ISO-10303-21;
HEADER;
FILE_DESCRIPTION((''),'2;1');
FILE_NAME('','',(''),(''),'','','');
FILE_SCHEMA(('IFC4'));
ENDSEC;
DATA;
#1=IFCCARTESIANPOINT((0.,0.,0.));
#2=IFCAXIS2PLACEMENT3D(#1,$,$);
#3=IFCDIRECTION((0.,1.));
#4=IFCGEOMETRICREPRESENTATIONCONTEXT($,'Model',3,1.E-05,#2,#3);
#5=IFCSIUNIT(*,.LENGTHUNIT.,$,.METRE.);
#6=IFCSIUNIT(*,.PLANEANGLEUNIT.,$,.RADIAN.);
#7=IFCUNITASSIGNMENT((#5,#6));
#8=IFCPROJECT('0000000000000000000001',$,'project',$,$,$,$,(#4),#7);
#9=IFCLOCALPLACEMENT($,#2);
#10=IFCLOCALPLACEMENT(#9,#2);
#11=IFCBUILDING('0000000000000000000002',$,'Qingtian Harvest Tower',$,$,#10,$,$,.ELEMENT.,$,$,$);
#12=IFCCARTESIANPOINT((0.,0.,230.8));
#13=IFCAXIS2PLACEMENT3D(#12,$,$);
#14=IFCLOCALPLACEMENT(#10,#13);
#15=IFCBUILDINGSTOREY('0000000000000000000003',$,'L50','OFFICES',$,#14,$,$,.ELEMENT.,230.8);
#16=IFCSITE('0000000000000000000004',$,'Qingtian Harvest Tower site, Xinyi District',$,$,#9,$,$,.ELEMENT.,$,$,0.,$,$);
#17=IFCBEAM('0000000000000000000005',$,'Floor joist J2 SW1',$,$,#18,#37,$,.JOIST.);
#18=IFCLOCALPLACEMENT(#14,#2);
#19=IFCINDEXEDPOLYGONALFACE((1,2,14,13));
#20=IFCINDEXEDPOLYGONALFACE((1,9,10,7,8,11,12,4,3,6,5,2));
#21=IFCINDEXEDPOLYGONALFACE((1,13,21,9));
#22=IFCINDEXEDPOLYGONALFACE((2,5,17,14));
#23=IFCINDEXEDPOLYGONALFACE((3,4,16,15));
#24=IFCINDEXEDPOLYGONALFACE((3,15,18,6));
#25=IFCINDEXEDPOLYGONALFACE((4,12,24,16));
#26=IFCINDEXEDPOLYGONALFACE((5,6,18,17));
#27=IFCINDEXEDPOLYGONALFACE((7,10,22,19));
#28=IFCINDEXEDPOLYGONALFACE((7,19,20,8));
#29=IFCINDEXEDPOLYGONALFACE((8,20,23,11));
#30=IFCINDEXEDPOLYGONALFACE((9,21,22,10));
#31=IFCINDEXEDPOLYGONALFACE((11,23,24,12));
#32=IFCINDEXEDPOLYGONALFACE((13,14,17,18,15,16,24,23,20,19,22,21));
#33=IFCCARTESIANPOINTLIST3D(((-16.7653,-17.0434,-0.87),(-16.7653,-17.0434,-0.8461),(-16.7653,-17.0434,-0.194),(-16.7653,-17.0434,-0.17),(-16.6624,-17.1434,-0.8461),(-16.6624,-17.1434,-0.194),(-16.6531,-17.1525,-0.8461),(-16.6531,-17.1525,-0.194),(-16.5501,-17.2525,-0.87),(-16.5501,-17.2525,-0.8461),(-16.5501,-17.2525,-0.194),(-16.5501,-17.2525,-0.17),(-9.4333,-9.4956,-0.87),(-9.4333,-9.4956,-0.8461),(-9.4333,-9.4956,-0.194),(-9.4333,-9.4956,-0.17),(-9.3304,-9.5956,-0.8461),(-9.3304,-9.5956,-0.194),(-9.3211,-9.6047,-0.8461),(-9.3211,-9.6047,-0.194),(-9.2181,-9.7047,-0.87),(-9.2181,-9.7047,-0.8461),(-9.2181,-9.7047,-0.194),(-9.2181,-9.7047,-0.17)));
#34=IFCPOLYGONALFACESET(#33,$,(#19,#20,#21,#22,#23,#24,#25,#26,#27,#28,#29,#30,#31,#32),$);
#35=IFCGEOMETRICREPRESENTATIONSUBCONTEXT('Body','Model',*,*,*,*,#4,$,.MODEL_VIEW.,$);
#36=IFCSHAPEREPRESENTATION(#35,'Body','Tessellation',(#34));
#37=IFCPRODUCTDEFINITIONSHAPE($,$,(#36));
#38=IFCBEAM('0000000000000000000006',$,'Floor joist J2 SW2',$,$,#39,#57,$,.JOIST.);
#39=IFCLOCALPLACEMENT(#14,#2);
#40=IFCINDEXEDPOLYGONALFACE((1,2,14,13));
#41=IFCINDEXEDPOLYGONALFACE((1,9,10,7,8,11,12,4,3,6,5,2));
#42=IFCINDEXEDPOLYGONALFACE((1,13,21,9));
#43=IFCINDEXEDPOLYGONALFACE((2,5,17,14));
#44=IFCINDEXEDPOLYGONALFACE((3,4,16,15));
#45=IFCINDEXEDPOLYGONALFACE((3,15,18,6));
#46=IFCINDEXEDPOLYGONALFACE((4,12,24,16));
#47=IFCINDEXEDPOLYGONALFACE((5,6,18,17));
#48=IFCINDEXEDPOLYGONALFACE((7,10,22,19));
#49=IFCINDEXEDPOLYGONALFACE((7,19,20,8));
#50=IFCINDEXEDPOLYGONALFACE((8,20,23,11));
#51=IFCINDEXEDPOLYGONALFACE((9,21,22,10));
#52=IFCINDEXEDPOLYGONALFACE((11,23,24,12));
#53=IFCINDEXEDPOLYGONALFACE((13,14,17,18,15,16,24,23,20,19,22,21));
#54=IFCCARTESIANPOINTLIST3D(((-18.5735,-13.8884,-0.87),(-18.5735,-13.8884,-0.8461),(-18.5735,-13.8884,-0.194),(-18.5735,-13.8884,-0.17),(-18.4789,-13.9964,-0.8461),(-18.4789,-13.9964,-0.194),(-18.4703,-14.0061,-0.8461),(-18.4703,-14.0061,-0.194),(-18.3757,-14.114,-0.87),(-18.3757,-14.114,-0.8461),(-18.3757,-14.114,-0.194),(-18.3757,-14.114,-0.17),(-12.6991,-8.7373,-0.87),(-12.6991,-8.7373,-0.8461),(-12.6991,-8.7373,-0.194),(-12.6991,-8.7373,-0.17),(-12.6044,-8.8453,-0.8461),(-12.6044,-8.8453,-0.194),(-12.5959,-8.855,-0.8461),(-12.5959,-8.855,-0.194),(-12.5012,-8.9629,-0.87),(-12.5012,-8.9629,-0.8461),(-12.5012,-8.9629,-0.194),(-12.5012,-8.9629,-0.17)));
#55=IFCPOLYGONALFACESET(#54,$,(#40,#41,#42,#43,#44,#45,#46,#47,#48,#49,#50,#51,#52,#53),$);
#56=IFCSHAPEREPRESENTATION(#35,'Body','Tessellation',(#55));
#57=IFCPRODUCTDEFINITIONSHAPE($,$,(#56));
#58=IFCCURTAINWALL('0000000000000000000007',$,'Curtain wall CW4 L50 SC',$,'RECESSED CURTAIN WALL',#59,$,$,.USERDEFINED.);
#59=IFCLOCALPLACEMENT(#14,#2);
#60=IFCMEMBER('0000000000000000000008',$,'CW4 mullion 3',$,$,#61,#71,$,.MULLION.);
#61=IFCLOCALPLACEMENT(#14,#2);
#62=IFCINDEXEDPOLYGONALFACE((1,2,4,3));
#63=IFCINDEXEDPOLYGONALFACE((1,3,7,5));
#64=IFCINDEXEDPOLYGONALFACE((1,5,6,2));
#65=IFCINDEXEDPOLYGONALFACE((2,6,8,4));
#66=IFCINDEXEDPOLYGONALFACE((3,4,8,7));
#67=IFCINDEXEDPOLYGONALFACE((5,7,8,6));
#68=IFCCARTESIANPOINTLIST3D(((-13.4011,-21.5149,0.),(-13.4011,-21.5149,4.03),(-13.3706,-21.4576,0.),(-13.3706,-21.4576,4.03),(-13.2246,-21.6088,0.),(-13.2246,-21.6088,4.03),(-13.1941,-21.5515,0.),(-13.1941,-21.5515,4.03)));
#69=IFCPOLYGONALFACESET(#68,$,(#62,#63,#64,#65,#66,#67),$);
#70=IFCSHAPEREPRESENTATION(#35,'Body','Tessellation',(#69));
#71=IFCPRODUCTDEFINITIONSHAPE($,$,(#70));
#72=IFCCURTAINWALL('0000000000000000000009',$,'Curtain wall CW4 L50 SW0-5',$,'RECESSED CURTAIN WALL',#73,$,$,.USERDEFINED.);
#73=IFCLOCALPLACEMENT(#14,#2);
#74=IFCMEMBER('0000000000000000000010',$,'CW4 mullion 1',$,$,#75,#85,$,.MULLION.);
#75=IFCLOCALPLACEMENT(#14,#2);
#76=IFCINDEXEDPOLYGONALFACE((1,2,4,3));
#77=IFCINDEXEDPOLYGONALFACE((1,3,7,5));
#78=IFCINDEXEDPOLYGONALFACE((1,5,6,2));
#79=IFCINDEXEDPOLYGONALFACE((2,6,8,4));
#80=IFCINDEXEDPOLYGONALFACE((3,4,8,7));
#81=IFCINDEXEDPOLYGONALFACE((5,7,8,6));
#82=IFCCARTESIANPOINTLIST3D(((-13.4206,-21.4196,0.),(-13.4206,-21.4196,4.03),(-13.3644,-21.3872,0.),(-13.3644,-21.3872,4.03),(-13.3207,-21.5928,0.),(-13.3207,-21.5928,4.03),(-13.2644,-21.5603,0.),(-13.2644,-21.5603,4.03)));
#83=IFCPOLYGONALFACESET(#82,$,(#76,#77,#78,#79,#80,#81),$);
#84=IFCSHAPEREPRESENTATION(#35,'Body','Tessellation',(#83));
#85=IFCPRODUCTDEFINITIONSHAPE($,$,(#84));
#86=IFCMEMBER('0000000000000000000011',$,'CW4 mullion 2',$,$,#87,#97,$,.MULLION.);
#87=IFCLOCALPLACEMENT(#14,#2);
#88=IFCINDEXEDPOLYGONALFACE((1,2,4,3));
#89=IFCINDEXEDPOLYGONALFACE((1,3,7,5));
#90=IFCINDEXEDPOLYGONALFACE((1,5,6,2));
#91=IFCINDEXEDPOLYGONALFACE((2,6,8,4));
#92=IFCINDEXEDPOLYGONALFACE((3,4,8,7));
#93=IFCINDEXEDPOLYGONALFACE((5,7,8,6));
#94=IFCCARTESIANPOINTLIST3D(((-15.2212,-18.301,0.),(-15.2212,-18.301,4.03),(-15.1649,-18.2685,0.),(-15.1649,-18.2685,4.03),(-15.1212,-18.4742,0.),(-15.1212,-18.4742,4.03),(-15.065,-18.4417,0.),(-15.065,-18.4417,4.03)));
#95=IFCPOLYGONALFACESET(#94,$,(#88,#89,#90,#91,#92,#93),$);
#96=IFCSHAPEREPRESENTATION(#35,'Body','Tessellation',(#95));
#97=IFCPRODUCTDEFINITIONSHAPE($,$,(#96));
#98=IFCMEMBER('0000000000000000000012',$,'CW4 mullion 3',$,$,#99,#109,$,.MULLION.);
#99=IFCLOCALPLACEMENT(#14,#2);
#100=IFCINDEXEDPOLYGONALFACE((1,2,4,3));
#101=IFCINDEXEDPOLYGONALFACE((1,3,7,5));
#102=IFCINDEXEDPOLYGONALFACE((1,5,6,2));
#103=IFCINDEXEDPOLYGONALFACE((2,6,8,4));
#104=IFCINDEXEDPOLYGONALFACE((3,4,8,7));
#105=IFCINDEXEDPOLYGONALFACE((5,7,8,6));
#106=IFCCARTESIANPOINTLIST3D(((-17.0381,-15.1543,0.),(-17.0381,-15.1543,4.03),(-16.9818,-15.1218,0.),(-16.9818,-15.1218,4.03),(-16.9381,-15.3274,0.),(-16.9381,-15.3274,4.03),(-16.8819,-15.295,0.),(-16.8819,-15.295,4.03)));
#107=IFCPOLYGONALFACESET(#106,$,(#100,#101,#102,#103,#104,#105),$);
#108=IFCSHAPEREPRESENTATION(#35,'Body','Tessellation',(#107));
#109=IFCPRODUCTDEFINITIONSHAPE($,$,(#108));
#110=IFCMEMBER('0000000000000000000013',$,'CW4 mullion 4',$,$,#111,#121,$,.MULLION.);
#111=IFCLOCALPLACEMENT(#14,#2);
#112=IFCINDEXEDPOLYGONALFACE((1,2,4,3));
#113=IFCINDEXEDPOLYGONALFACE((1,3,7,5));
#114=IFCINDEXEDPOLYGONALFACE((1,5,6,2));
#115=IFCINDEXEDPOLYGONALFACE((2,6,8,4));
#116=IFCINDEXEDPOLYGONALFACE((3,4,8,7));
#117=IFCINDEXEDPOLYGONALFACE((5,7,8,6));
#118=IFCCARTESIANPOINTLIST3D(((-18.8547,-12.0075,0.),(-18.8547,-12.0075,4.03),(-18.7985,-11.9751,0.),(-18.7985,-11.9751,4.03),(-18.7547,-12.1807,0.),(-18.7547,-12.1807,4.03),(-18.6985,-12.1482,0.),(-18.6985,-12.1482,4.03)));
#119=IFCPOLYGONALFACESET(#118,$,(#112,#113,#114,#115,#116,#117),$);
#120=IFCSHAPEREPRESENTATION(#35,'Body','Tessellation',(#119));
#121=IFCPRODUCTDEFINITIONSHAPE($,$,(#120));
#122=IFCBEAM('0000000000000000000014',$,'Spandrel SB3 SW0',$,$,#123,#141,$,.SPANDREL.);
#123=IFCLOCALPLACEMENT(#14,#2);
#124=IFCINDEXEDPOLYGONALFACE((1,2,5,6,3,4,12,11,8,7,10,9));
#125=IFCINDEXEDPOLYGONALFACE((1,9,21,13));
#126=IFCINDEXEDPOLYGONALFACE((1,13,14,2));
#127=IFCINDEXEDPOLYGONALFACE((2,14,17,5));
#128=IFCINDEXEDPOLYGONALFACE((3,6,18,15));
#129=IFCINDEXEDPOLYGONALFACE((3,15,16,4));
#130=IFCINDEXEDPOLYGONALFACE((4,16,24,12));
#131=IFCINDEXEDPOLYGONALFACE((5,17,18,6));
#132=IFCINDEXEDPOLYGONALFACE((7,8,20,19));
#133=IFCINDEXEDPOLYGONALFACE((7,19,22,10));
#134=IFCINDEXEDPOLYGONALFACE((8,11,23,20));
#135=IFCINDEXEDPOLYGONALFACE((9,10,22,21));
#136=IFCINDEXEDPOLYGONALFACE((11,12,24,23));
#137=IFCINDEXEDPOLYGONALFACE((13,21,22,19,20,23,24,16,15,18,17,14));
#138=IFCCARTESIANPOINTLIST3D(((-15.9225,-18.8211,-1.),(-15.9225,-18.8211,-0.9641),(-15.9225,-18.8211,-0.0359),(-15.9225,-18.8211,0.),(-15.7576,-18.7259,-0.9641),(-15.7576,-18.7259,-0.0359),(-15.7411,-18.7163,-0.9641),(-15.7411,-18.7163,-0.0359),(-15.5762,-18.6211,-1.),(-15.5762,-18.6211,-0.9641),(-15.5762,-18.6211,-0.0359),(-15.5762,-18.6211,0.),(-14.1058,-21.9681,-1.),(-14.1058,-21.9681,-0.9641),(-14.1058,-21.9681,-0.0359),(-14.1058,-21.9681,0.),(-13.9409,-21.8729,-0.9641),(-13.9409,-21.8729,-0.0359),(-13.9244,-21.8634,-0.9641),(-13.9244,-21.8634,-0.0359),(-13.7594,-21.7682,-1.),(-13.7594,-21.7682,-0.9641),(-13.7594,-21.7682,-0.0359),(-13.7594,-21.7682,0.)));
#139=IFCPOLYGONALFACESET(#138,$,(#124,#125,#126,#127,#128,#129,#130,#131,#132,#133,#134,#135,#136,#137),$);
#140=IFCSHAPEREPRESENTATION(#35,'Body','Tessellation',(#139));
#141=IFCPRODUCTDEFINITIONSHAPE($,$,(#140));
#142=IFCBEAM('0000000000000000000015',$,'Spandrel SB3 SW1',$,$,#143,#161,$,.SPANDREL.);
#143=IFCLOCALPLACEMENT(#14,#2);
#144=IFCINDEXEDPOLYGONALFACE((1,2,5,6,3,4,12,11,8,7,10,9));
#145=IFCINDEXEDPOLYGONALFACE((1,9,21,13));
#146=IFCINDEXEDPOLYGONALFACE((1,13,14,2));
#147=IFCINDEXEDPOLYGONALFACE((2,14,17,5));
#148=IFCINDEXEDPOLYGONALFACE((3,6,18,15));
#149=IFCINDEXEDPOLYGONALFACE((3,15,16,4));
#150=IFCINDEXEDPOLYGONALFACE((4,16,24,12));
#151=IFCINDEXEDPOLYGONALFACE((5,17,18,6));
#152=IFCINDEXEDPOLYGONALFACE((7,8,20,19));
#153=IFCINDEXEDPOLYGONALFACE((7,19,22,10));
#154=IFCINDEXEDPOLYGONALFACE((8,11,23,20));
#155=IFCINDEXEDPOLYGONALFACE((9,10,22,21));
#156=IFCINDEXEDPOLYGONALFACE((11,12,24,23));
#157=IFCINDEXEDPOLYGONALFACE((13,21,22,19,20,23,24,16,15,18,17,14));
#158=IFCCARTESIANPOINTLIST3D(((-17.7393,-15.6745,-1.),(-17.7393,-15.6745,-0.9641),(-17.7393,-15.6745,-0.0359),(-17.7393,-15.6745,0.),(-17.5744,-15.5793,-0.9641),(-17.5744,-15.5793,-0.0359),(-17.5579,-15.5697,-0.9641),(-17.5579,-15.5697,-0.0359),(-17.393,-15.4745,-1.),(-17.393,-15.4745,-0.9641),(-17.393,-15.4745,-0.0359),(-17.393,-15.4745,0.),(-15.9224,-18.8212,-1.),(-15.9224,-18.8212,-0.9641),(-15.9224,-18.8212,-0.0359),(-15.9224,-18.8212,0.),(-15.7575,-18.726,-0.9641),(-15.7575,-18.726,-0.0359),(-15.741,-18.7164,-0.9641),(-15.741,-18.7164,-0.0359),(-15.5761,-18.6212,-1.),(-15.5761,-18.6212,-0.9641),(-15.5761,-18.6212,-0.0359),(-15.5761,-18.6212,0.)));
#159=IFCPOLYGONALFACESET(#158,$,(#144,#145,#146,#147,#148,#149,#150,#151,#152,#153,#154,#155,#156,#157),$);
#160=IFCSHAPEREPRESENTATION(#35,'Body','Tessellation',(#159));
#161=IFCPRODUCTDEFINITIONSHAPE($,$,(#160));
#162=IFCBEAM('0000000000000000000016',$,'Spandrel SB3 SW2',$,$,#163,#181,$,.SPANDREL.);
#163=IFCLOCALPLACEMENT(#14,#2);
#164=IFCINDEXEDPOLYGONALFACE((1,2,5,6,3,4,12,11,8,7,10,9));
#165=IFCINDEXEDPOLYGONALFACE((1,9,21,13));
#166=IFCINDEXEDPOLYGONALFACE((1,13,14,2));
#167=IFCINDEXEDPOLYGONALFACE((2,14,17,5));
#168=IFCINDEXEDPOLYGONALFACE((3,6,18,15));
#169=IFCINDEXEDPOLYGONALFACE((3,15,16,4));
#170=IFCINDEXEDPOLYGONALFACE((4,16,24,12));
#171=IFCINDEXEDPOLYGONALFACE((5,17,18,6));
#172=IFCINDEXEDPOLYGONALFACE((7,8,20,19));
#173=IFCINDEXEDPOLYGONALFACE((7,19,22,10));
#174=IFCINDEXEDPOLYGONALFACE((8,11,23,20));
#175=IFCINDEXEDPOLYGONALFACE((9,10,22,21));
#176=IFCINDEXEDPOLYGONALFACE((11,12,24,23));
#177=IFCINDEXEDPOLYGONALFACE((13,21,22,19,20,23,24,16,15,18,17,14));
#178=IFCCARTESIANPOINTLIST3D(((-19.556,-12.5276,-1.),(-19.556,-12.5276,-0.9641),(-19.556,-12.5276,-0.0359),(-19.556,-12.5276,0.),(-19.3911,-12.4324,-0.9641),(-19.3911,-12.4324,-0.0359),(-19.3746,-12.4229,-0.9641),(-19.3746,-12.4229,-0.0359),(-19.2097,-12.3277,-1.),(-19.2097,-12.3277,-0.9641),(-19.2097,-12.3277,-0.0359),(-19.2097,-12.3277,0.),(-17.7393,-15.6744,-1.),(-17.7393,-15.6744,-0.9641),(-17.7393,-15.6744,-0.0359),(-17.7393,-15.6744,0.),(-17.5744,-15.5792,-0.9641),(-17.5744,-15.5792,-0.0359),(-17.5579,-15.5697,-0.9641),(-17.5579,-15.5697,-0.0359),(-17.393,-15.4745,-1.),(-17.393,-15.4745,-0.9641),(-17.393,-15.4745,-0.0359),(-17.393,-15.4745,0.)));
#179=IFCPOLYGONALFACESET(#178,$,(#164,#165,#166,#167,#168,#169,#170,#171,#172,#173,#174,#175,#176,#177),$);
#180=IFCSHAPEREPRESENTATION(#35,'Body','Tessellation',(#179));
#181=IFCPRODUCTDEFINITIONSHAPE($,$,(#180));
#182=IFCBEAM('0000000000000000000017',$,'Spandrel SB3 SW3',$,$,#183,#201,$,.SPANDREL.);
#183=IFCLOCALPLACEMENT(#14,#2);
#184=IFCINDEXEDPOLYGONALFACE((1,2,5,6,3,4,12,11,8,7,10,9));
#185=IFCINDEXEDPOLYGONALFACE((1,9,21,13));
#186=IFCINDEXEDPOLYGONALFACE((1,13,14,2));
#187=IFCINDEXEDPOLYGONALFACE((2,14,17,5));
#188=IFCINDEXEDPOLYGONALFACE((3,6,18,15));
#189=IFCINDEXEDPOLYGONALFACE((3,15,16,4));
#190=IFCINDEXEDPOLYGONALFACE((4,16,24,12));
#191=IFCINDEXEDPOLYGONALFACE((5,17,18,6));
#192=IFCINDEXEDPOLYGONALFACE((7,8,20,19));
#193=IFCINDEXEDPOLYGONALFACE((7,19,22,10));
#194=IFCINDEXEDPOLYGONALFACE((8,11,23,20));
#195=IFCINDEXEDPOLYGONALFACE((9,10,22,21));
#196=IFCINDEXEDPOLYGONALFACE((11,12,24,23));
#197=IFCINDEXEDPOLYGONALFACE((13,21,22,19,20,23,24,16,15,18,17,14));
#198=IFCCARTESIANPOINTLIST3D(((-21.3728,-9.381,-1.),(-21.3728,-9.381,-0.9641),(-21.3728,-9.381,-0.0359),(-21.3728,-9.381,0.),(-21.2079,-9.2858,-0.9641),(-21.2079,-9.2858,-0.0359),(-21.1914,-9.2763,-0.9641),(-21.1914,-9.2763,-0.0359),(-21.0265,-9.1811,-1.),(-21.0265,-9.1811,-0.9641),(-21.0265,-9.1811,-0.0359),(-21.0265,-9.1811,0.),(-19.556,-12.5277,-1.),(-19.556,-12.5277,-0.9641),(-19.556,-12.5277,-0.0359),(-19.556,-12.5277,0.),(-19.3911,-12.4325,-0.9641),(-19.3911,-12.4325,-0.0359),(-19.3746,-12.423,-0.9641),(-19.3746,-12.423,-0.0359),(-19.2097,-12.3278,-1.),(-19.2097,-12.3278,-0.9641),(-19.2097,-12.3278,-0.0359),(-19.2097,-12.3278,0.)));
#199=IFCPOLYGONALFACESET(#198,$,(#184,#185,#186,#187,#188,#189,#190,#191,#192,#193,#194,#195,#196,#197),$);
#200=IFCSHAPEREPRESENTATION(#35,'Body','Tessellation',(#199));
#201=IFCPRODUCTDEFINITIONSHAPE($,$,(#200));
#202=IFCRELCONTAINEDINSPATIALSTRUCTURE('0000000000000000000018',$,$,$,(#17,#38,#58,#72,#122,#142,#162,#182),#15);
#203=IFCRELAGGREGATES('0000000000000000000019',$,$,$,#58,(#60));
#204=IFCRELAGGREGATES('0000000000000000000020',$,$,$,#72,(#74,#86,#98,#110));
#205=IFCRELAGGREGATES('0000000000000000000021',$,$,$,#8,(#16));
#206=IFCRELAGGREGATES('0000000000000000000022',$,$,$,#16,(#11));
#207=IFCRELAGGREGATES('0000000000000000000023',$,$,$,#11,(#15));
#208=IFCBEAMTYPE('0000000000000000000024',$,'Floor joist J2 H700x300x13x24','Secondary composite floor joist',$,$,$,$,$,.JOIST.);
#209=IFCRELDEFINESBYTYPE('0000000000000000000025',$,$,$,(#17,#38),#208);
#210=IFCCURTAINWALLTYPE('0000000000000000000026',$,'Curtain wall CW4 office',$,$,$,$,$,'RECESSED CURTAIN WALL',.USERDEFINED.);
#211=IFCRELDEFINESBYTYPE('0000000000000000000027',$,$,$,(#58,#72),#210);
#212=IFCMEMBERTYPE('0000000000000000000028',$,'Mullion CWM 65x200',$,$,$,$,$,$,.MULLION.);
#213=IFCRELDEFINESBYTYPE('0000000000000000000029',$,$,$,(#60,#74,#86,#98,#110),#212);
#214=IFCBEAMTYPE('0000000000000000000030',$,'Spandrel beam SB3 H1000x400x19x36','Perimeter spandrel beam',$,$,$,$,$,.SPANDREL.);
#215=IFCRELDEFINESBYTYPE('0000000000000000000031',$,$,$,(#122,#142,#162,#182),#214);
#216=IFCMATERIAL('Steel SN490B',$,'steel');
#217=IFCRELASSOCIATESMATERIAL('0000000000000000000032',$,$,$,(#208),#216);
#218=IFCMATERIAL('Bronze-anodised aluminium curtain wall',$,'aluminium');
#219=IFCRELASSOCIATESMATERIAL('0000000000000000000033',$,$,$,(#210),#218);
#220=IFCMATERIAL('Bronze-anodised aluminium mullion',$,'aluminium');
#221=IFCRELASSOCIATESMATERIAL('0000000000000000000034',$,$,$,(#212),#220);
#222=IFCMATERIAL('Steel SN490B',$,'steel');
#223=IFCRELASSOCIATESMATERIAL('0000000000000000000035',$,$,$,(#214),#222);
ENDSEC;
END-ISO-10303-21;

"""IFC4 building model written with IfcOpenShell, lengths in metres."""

from ifc_helpers import new_model, si_unit, direction, frame, origin, origin_2d, place, context, subcontext, project, spatial, rectangle, i_section, extrude, material, material_profile, profile_set, type_object, element, aggregate, save


model = new_model("IFC4")

# Units and contexts
model_context = context("Model", 3, precision=1e-05, world=origin(), true_north=direction((0.0, 1.0)))
body_context = subcontext(model_context, "Body", "Model", "MODEL_VIEW")
ifc_project = project(units=[si_unit("LENGTHUNIT", "METRE"), si_unit("PLANEANGLEUNIT", "RADIAN")], contexts=[model_context])

# Site, building, storey
site_placement = place(None, origin())
site = spatial("IfcSite", under=ifc_project, at=site_placement, Name="Qingtian Harvest Tower site, Xinyi District", CompositionType="ELEMENT", RefElevation=0.0)
building_placement = place(site_placement, origin())
building = spatial("IfcBuilding", under=site, at=building_placement, Name="Qingtian Harvest Tower", CompositionType="ELEMENT")
storey_placement = place(building_placement, frame((0.0, 0.0, 230.8)))
storey = spatial("IfcBuildingStorey", under=building, at=storey_placement, Name="L50", Description="OFFICES", CompositionType="ELEMENT", Elevation=230.8)

# Beams
ifc_material_1 = material(Name="Steel SN490B", Category="steel")
ifc_material_profile_1 = material_profile(ifc_material_1, i_section(OverallWidth=0.3, OverallDepth=0.7, WebThickness=0.0129, FlangeThickness=0.0239, at=origin_2d()), Name="H700x300x13x24")
ifc_profile_set_1 = profile_set([ifc_material_profile_1], Name="Steel SN490B")
beam_type_1 = type_object("IfcBeamType", Name="Floor joist J2 H700x300x13x24", Description="Secondary composite floor joist", PredefinedType="JOIST", material=ifc_profile_set_1)
beam_1_placement = place(storey_placement, frame((-16.6577, -17.1479, -0.52), z_axis=(0.696777, 0.717287, 0.0), x_axis=(-0.717287, 0.696777, 0.0)))
element("IfcBeam", 1, at=beam_1_placement, inside=storey, type_object=beam_type_1, Name="Floor joist J2 SW1", PredefinedType="JOIST", context=body_context, shape_type="SweptSolid", body=[
    extrude(i_section(OverallWidth=0.3, OverallDepth=0.7, WebThickness=0.0129, FlangeThickness=0.0239, at=origin_2d()), origin(), (0.0, 0.0, 1.0), 10.5227),
])
beam_2_placement = place(storey_placement, frame((-18.4746, -14.0012, -0.52), z_axis=(0.751883, 0.659296, 0.0), x_axis=(-0.659296, 0.751883, 0.0)))
element("IfcBeam", 2, at=beam_2_placement, inside=storey, type_object=beam_type_1, Name="Floor joist J2 SW2", PredefinedType="JOIST", context=body_context, shape_type="SweptSolid", body=[
    extrude(i_section(OverallWidth=0.3, OverallDepth=0.7, WebThickness=0.0129, FlangeThickness=0.0239, at=origin_2d()), origin(), (0.0, 0.0, 1.0), 7.813),
])

# Curtain wall, member
ifc_material_2 = material(Name="Bronze-anodised aluminium curtain wall", Category="aluminium")
curtain_wall_type = type_object("IfcCurtainWallType", Name="Curtain wall CW4 office", ElementType="RECESSED CURTAIN WALL", PredefinedType="USERDEFINED", material=ifc_material_2)
curtain_wall_1_placement = place(storey_placement, origin())
curtain_wall_1 = element("IfcCurtainWall", 3, at=curtain_wall_1_placement, inside=storey, type_object=curtain_wall_type, Name="Curtain wall CW4 L50 SC", ObjectType="RECESSED CURTAIN WALL", PredefinedType="USERDEFINED")
ifc_material_3 = material(Name="Bronze-anodised aluminium mullion", Category="aluminium")
ifc_material_profile_2 = material_profile(ifc_material_3, rectangle(XDim=0.0649, YDim=0.2, at=origin_2d()), Name="AL 65x200")
ifc_profile_set_2 = profile_set([ifc_material_profile_2], Name="Bronze-anodised aluminium mullion")
member_type_1 = type_object("IfcMemberType", Name="Mullion CWM 65x200", PredefinedType="MULLION", material=ifc_profile_set_2)
member_1_placement = place(storey_placement, frame((-13.2976, -21.5332, 0.0), z_axis=(0.0, 0.0, 1.0), x_axis=(-0.469472, -0.882948, 0.0)))
member_1 = element("IfcMember", 4, at=member_1_placement, type_object=member_type_1, Name="CW4 mullion 3", PredefinedType="MULLION", context=body_context, shape_type="SweptSolid", body=[
    extrude(rectangle(XDim=0.0649, YDim=0.2, at=origin_2d()), origin(), (0.0, 0.0, 1.0), 4.03),
])

# Curtain wall, members
curtain_wall_2_placement = place(storey_placement, origin())
curtain_wall_2 = element("IfcCurtainWall", 5, at=curtain_wall_2_placement, inside=storey, type_object=curtain_wall_type, Name="Curtain wall CW4 L50 SW0-5", ObjectType="RECESSED CURTAIN WALL", PredefinedType="USERDEFINED")
member_2_placement = place(storey_placement, frame((-13.3425, -21.49, 0.0), z_axis=(0.0, 0.0, 1.0), x_axis=(-0.866025, -0.5, 0.0)))
member_2 = element("IfcMember", 6, at=member_2_placement, type_object=member_type_1, Name="CW4 mullion 1", PredefinedType="MULLION", context=body_context, shape_type="SweptSolid", body=[
    extrude(rectangle(XDim=0.0649, YDim=0.2, at=origin_2d()), origin(), (0.0, 0.0, 1.0), 4.03),
])
member_3_placement = place(storey_placement, frame((-15.1431, -18.3713, 0.0), z_axis=(0.0, 0.0, 1.0), x_axis=(-0.866025, -0.5, 0.0)))
member_3 = element("IfcMember", 7, at=member_3_placement, type_object=member_type_1, Name="CW4 mullion 2", PredefinedType="MULLION", context=body_context, shape_type="SweptSolid", body=[
    extrude(rectangle(XDim=0.0649, YDim=0.2, at=origin_2d()), origin(), (0.0, 0.0, 1.0), 4.03),
])
member_4_placement = place(storey_placement, frame((-16.96, -15.2246, 0.0), z_axis=(0.0, 0.0, 1.0), x_axis=(-0.866025, -0.5, 0.0)))
member_4 = element("IfcMember", 8, at=member_4_placement, type_object=member_type_1, Name="CW4 mullion 3", PredefinedType="MULLION", context=body_context, shape_type="SweptSolid", body=[
    extrude(rectangle(XDim=0.0649, YDim=0.2, at=origin_2d()), origin(), (0.0, 0.0, 1.0), 4.03),
])
member_5_placement = place(storey_placement, frame((-18.7766, -12.0779, 0.0), z_axis=(0.0, 0.0, 1.0), x_axis=(-0.866025, -0.5, 0.0)))
member_5 = element("IfcMember", 9, at=member_5_placement, type_object=member_type_1, Name="CW4 mullion 4", PredefinedType="MULLION", context=body_context, shape_type="SweptSolid", body=[
    extrude(rectangle(XDim=0.0649, YDim=0.2, at=origin_2d()), origin(), (0.0, 0.0, 1.0), 4.03),
])

# Beams
ifc_material_4 = material(Name="Steel SN490B", Category="steel")
ifc_material_profile_3 = material_profile(ifc_material_4, i_section(OverallWidth=0.3999, OverallDepth=1.0, WebThickness=0.019, FlangeThickness=0.0359, at=origin_2d()), Name="H1000x400x19x36")
ifc_profile_set_3 = profile_set([ifc_material_profile_3], Name="Steel SN490B")
beam_type_2 = type_object("IfcBeamType", Name="Spandrel beam SB3 H1000x400x19x36", Description="Perimeter spandrel beam", PredefinedType="SPANDREL", material=ifc_profile_set_3)
beam_3_placement = place(storey_placement, frame((-13.9326, -21.8682, -0.5), z_axis=(-0.499947, 0.866056, 0.0), x_axis=(-0.866056, -0.499947, 0.0)))
element("IfcBeam", 10, at=beam_3_placement, inside=storey, type_object=beam_type_2, Name="Spandrel SB3 SW0", PredefinedType="SPANDREL", context=body_context, shape_type="SweptSolid", body=[
    extrude(i_section(OverallWidth=0.3999, OverallDepth=1.0, WebThickness=0.019, FlangeThickness=0.0359, at=origin_2d()), origin(), (0.0, 0.0, 1.0), 3.6338),
])
for number, where, z_axis, x_axis, name in (
    (11, (-15.7493, -18.7212, -0.5), (-0.500027, 0.86601, 0.0), (-0.86601, -0.500027, 0.0), "Spandrel SB3 SW1"),
    (12, (-17.5662, -15.5745, -0.5), (-0.499976, 0.866039, 0.0), (-0.866039, -0.499976, 0.0), "Spandrel SB3 SW2"),
    (13, (-19.3828, -12.4277, -0.5), (-0.500027, 0.86601, 0.0), (-0.86601, -0.500027, 0.0), "Spandrel SB3 SW3"),
):
    element("IfcBeam", number, at=place(storey_placement, frame(where, z_axis=z_axis, x_axis=x_axis)), inside=storey, type_object=beam_type_2, Name=name, PredefinedType="SPANDREL", context=body_context, shape_type="SweptSolid", body=[
        extrude(i_section(OverallWidth=0.3999, OverallDepth=1.0, WebThickness=0.019, FlangeThickness=0.0359, at=origin_2d()), origin(), (0.0, 0.0, 1.0), 3.6335),
    ])

aggregate(curtain_wall_1, [member_1])
aggregate(curtain_wall_2, [member_2, member_3, member_4, member_5])

save(model, "model.ifc")
